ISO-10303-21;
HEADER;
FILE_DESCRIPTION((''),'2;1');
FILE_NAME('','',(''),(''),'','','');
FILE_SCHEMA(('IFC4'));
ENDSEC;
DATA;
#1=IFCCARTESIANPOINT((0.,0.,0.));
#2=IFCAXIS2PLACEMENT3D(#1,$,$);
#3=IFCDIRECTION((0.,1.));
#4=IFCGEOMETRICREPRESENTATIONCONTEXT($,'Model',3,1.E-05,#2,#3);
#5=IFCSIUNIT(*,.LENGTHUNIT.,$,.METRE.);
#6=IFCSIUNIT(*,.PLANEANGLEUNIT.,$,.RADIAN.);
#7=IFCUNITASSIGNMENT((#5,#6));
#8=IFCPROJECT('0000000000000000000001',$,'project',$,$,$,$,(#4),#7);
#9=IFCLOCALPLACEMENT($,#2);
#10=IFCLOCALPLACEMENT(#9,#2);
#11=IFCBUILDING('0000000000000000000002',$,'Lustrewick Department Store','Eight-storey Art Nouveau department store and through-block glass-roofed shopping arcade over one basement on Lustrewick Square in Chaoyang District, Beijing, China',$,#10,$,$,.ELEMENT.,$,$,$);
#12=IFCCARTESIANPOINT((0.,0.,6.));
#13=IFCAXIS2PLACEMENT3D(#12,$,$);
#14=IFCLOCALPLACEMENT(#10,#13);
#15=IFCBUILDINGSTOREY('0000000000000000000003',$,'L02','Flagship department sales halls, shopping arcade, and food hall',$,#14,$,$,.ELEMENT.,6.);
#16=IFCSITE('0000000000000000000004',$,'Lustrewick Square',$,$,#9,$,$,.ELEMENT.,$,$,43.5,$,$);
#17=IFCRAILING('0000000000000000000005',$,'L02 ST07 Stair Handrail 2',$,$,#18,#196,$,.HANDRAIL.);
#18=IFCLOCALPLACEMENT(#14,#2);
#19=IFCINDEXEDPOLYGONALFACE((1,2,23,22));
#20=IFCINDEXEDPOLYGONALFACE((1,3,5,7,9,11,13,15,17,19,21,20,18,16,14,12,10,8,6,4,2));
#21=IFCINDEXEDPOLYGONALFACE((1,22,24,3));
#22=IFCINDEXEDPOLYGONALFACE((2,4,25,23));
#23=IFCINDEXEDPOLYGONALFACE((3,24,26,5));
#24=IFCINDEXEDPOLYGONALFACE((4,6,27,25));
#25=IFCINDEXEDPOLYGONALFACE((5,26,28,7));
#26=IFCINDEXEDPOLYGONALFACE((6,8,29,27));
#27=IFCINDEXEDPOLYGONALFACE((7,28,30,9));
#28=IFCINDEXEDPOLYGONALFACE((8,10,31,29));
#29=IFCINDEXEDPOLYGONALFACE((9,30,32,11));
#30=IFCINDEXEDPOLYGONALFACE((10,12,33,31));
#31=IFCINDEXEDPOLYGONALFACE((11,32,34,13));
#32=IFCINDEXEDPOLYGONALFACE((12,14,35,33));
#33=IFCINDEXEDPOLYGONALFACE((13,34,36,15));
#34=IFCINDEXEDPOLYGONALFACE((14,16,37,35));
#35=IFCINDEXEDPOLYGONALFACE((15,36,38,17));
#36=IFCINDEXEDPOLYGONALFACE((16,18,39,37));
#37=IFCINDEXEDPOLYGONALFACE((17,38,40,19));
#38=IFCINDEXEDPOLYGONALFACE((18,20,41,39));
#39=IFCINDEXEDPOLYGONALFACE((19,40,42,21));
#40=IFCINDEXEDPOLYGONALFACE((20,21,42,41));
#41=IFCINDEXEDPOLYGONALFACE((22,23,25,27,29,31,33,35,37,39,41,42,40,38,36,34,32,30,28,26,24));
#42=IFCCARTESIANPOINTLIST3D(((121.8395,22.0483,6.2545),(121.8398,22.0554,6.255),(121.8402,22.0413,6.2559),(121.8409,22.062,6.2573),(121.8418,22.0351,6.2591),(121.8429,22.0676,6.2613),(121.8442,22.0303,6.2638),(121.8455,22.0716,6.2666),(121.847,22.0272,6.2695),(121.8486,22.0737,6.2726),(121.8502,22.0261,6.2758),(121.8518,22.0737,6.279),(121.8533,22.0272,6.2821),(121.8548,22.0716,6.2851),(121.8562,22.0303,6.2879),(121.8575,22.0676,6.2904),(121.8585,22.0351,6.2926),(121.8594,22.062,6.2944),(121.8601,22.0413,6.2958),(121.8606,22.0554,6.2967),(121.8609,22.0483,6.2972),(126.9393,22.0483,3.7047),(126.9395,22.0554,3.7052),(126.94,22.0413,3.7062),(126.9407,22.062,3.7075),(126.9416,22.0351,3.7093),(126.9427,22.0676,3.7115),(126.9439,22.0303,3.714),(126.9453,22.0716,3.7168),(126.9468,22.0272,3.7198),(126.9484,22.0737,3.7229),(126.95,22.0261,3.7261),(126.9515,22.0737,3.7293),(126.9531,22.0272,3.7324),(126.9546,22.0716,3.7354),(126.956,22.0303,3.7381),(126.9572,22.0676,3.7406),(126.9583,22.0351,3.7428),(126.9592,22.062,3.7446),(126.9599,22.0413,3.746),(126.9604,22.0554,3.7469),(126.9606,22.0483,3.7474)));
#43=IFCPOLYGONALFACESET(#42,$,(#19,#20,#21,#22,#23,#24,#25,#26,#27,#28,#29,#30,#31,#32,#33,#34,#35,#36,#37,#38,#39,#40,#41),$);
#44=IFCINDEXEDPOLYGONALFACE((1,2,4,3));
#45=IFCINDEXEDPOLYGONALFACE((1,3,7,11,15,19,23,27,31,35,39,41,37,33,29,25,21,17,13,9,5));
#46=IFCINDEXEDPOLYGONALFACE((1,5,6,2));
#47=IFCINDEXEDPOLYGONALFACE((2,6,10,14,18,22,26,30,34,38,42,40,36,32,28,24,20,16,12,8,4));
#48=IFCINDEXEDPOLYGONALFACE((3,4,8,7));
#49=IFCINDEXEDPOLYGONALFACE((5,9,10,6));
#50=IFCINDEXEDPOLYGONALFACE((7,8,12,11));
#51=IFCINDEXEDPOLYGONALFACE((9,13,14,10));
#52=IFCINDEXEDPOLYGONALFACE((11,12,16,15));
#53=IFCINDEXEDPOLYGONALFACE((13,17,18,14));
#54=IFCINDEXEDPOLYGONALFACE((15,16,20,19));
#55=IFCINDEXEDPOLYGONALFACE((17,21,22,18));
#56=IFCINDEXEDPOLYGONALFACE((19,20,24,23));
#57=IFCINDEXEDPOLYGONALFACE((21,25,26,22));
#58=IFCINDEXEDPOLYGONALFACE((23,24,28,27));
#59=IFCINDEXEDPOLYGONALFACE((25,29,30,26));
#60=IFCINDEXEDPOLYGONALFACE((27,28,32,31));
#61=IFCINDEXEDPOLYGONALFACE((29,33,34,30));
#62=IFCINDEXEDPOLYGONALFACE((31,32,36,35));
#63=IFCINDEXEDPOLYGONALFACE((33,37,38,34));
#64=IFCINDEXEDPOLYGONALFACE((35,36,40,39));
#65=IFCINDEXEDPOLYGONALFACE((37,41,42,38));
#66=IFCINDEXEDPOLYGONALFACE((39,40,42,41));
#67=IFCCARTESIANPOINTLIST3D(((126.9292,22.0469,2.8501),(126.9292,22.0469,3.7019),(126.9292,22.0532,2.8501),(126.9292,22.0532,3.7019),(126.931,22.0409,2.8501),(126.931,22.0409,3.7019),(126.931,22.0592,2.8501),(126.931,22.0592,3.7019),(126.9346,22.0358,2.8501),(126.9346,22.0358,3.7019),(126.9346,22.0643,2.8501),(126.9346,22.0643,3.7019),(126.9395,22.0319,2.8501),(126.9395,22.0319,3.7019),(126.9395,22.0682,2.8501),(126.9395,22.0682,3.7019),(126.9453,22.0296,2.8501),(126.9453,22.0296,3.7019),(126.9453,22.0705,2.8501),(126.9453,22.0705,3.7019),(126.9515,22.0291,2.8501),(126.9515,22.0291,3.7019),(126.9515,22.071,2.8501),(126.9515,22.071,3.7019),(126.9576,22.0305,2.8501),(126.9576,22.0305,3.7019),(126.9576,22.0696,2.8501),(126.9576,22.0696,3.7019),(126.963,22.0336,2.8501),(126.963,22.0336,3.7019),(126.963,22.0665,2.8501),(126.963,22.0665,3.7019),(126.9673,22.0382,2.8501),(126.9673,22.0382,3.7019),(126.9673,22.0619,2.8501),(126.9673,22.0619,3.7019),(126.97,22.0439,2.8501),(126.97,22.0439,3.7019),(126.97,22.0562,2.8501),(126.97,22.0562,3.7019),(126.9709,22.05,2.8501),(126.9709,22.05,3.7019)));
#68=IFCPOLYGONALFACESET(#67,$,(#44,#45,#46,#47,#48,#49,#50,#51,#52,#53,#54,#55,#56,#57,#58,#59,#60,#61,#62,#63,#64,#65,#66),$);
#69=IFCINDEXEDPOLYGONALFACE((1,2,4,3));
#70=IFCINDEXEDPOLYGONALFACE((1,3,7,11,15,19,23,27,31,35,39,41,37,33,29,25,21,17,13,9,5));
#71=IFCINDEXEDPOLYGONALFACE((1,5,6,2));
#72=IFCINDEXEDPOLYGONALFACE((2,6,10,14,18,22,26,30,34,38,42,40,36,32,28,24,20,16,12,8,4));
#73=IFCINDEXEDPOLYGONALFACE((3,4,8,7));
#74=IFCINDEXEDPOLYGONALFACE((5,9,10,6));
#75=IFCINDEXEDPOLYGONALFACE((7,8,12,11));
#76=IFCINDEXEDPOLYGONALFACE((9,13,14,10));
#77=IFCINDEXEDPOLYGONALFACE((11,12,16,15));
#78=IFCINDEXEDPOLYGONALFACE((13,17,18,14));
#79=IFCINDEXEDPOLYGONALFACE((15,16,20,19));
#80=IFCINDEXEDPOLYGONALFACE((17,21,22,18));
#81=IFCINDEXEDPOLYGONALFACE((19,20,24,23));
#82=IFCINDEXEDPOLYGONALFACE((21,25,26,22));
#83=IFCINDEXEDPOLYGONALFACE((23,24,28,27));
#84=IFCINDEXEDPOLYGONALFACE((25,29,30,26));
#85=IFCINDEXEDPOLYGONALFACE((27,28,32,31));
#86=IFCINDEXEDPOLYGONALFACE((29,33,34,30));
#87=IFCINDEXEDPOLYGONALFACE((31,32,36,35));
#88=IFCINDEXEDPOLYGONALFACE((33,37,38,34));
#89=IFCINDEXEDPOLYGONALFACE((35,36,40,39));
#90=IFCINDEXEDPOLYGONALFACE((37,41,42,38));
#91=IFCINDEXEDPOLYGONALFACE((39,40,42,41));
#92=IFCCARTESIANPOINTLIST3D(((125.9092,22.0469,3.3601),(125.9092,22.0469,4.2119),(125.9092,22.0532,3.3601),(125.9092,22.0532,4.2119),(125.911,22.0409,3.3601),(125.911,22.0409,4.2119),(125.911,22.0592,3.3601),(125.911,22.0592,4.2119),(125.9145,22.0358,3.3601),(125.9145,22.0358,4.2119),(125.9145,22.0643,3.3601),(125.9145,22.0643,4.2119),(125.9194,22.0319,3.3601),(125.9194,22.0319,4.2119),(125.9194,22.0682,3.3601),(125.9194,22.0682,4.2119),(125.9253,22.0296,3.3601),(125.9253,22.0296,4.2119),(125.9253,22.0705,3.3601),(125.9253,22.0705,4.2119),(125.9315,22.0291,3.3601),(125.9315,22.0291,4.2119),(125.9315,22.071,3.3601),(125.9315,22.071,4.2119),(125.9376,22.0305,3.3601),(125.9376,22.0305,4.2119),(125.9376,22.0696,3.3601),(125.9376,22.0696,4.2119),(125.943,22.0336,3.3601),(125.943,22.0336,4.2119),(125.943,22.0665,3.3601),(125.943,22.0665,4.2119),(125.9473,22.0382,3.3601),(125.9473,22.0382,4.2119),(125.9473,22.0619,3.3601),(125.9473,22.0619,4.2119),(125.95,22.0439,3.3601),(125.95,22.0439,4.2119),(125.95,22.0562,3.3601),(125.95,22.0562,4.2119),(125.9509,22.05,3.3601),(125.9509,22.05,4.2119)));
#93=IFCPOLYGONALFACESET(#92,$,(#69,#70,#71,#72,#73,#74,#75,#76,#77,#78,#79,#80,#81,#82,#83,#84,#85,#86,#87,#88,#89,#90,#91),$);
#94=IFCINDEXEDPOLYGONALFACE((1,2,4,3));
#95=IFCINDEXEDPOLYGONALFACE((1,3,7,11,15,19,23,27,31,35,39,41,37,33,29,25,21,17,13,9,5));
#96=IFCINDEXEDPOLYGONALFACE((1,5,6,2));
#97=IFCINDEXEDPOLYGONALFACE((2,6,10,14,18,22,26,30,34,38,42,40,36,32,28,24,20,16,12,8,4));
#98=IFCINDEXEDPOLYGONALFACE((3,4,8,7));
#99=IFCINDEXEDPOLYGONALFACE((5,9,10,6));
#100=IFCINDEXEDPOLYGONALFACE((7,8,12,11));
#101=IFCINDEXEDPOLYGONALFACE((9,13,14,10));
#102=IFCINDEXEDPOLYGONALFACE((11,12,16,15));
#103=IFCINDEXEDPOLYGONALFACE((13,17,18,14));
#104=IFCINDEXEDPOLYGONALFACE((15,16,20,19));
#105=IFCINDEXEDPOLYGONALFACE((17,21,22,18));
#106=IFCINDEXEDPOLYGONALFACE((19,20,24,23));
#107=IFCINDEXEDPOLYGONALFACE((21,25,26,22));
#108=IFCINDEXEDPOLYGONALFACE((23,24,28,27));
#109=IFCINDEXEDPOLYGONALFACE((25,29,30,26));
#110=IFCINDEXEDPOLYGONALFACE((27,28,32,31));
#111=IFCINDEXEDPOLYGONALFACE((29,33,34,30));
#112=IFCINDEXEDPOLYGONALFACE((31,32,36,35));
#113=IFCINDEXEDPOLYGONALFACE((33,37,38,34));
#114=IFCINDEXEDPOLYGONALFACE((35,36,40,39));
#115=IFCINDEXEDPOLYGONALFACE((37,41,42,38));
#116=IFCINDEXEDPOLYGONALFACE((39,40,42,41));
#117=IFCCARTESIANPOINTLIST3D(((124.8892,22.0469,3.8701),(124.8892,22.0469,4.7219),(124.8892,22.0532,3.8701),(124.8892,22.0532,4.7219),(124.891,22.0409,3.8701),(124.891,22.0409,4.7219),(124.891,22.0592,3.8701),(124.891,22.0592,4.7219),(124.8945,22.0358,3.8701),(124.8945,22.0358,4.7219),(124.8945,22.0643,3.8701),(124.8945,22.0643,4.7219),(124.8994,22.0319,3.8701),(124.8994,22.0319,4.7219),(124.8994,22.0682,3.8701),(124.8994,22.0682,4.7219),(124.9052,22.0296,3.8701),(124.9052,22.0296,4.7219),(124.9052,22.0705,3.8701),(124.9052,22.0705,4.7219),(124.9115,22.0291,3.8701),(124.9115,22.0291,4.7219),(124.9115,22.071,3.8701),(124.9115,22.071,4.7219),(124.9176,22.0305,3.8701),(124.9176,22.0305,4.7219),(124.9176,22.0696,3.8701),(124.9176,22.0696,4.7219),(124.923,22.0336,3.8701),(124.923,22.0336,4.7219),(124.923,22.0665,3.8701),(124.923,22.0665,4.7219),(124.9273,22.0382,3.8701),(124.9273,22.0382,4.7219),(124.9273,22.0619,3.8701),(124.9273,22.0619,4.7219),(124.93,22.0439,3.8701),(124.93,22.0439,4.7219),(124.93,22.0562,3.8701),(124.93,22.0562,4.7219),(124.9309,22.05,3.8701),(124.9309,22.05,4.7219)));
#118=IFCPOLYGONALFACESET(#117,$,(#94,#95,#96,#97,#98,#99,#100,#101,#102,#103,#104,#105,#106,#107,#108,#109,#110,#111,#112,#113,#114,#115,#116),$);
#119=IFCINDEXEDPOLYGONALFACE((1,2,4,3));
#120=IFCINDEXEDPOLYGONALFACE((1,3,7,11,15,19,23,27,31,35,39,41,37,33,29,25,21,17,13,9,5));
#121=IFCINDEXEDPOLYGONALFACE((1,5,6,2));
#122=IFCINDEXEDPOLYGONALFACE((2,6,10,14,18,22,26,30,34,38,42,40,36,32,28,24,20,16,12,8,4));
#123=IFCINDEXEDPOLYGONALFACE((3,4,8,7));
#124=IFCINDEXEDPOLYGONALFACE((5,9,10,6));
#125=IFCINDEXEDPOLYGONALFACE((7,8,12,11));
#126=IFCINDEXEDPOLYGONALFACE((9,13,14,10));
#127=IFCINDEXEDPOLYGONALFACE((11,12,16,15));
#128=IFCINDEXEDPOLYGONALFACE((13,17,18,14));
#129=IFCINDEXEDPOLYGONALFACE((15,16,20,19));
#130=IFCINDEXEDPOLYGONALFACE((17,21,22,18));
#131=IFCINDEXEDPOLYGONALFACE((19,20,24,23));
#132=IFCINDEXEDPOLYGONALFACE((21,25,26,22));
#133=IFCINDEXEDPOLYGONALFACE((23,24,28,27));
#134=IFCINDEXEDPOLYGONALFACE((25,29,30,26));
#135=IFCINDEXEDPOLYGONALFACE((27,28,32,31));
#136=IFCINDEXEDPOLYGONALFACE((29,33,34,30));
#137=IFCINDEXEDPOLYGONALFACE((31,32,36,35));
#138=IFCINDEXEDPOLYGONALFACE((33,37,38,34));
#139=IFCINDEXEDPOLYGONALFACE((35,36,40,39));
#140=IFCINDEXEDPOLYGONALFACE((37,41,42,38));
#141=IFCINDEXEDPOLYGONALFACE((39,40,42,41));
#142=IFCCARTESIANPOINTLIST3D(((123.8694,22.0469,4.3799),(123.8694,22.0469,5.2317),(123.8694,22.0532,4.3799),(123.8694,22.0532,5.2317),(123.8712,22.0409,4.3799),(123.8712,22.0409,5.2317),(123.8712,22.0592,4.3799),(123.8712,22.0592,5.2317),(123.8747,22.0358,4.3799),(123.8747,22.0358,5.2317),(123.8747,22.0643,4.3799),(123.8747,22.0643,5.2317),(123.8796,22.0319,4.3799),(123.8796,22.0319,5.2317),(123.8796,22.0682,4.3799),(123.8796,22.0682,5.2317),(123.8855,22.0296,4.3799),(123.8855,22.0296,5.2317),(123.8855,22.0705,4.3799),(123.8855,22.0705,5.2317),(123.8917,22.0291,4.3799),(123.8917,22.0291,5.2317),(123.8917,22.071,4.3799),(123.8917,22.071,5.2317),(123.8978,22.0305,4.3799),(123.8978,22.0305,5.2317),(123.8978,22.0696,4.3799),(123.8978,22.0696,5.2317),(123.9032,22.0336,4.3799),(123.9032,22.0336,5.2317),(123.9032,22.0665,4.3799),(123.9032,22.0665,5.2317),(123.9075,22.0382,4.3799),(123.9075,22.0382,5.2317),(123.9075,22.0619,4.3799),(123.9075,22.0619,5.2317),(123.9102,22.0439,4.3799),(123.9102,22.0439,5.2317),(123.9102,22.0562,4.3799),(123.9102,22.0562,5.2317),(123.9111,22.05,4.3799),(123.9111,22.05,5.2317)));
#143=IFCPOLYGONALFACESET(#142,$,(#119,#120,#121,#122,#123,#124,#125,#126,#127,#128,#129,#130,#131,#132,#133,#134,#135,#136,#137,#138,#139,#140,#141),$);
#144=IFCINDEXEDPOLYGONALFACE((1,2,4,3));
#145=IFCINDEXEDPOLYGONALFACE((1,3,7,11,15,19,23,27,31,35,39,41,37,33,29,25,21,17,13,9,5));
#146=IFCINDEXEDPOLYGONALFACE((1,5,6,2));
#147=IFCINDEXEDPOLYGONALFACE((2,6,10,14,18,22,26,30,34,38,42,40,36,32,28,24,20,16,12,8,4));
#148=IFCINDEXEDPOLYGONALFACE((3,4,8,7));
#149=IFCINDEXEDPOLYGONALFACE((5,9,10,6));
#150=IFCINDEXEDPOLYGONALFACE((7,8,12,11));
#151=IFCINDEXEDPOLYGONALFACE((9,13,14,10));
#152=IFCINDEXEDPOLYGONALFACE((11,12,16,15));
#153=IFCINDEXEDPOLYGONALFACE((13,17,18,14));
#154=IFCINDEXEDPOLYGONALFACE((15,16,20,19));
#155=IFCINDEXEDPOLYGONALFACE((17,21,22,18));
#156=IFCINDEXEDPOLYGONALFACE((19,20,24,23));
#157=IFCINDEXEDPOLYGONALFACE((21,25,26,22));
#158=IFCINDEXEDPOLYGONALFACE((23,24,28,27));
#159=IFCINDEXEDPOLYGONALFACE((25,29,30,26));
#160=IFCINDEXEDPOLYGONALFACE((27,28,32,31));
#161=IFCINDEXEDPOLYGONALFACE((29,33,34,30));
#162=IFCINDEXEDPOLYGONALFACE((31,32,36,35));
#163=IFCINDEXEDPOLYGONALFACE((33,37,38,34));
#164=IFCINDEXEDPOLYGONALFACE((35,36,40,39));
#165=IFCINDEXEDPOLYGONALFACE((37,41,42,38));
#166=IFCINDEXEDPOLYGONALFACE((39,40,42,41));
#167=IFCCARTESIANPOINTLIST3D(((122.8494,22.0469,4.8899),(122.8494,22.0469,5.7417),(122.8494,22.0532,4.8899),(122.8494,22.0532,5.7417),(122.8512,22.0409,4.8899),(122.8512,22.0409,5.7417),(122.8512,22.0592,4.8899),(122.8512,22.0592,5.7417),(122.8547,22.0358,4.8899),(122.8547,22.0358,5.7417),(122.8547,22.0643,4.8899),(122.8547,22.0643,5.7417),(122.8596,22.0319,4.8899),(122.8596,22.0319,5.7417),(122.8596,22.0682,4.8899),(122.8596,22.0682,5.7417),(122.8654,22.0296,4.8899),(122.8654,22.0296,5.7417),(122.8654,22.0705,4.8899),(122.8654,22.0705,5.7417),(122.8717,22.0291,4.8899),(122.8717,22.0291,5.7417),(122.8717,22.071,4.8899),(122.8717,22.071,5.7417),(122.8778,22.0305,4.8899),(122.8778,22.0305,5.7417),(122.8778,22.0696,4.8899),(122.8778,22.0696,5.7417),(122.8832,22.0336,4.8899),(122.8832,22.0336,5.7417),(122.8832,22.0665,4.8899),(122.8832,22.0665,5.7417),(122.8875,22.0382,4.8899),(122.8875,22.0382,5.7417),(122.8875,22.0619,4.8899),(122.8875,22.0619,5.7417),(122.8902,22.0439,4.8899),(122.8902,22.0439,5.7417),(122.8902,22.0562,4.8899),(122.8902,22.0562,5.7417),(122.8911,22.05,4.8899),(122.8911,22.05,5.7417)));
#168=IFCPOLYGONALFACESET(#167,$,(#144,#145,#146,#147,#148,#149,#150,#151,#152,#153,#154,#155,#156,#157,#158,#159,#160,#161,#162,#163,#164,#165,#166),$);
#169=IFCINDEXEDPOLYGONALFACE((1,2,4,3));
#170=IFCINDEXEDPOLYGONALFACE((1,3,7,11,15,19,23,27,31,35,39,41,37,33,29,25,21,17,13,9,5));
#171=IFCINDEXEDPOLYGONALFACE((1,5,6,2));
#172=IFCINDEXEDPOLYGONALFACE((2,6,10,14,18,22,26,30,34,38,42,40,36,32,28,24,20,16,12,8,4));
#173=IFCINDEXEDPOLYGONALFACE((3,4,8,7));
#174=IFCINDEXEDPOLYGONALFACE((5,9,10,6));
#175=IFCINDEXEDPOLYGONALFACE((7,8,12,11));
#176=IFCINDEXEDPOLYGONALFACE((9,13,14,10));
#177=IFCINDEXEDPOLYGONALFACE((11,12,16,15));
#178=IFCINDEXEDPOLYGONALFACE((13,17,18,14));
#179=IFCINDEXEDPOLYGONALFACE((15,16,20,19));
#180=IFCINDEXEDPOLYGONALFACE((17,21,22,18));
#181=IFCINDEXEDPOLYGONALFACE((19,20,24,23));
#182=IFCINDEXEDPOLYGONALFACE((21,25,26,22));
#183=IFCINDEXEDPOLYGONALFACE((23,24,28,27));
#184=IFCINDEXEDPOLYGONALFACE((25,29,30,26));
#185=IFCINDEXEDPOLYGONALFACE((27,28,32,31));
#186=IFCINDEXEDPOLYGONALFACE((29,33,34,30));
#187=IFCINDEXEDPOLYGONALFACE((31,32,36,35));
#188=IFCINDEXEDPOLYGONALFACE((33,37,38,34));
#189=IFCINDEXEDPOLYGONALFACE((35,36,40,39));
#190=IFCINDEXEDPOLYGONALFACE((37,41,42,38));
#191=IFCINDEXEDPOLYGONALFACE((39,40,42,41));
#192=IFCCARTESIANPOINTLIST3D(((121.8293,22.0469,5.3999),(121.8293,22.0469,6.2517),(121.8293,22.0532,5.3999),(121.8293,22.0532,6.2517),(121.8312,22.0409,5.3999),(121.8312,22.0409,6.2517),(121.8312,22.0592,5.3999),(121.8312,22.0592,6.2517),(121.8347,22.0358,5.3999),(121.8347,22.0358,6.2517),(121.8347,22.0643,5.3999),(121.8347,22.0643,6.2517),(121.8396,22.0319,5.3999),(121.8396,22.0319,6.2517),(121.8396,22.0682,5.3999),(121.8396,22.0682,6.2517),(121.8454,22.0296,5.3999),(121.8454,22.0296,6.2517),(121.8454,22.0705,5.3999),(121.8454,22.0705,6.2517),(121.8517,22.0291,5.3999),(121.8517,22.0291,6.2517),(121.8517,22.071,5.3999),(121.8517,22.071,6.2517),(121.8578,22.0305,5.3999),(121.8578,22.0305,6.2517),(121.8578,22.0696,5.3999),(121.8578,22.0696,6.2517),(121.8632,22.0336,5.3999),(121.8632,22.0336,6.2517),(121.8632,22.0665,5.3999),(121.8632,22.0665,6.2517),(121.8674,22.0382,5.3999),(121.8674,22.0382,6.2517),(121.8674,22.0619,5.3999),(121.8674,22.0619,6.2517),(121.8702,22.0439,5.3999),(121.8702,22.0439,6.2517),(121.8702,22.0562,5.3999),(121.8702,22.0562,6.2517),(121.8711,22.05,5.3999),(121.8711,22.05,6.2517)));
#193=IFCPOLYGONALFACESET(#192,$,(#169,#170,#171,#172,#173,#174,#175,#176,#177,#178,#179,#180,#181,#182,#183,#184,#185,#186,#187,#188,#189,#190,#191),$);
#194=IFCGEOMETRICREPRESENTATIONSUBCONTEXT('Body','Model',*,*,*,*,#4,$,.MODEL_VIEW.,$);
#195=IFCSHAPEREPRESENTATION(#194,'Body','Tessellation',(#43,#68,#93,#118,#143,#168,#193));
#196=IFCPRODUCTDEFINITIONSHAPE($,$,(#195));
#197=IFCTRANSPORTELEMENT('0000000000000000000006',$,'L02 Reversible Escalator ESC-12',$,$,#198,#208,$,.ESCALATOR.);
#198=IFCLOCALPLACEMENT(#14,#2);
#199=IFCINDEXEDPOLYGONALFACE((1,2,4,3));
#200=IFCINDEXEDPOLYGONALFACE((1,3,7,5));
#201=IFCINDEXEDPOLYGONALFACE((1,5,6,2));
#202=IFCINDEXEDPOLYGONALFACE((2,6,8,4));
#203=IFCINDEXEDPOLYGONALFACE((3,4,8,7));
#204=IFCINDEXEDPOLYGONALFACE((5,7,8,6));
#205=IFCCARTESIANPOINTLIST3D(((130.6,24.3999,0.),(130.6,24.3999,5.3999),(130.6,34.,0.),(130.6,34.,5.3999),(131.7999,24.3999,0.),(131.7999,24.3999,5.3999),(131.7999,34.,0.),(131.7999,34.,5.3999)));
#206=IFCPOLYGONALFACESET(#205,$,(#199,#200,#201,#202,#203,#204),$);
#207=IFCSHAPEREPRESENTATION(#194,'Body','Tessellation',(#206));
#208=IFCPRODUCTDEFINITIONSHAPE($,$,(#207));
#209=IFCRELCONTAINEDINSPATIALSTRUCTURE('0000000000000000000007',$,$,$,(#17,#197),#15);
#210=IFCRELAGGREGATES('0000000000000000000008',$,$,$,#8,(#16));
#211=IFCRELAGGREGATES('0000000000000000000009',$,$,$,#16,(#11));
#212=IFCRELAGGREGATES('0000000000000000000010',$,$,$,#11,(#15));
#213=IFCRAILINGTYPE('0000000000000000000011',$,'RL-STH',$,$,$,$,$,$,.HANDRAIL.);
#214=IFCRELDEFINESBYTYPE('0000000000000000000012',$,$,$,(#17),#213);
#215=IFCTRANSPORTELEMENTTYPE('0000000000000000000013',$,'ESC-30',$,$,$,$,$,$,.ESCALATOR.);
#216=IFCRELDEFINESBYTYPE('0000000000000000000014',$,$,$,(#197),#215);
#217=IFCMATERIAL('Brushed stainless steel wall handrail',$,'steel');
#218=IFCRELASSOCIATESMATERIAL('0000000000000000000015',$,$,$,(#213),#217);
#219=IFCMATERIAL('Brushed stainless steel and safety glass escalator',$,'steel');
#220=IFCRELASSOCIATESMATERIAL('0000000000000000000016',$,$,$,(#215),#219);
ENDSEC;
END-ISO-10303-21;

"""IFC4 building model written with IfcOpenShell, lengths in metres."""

from ifc_helpers import new_model, si_unit, direction, frame, origin, origin_2d, place, context, subcontext, project, spatial, rectangle, circle, extrude, material, type_object, element, save


model = new_model("IFC4")

# Units and contexts
model_context = context("Model", 3, precision=1e-05, world=origin(), true_north=direction((0.0, 1.0)))
body_context = subcontext(model_context, "Body", "Model", "MODEL_VIEW")
ifc_project = project(units=[si_unit("LENGTHUNIT", "METRE"), si_unit("PLANEANGLEUNIT", "RADIAN")], contexts=[model_context])

# Site, building, storey
site_placement = place(None, origin())
site = spatial("IfcSite", under=ifc_project, at=site_placement, Name="Lustrewick Square", CompositionType="ELEMENT", RefElevation=43.5)
building_placement = place(site_placement, origin())
building = spatial("IfcBuilding", under=site, at=building_placement, Name="Lustrewick Department Store", Description="Eight-storey Art Nouveau department store and through-block glass-roofed shopping arcade over one basement on Lustrewick Square in Chaoyang District, Beijing, China", CompositionType="ELEMENT")
storey_placement = place(building_placement, frame((0.0, 0.0, 6.0)))
storey = spatial("IfcBuildingStorey", under=building, at=storey_placement, Name="L02", Description="Flagship department sales halls, shopping arcade, and food hall", CompositionType="ELEMENT", Elevation=6.0)

# Railing
ifc_material_1 = material(Name="Brushed stainless steel wall handrail", Category="steel")
railing_type_1 = type_object("IfcRailingType", Name="RL-STH", PredefinedType="HANDRAIL", material=ifc_material_1)
railing_1_placement = place(storey_placement, frame((126.95, 22.05, 2.8501)))
element("IfcRailing", 1, at=railing_1_placement, inside=storey, type_object=railing_type_1, Name="L02 ST07 Stair Handrail 2", PredefinedType="HANDRAIL", context=body_context, shape_type="SweptSolid", body=[
    extrude(circle(Radius=0.0239, at=origin_2d()), frame((0.0, 0.0, 0.876), z_axis=(-0.894436, 0.0, 0.447196), x_axis=(0.0, -1.0, 0.0)), (0.0, 0.0, 1.0), 5.7017),
    extrude(circle(Radius=0.021, at=origin_2d()), origin(), (0.0, 0.0, 1.0), 0.8518),
    extrude(circle(Radius=0.021, at=origin_2d()), frame((-1.02, 0.0, 0.51)), (0.0, 0.0, 1.0), 0.8518),
    extrude(circle(Radius=0.021, at=origin_2d()), frame((-2.04, 0.0, 1.02)), (0.0, 0.0, 1.0), 0.8518),
    extrude(circle(Radius=0.021, at=origin_2d()), frame((-3.0598, 0.0, 1.5298)), (0.0, 0.0, 1.0), 0.8518),
    extrude(circle(Radius=0.021, at=origin_2d()), frame((-4.0798, 0.0, 2.0398)), (0.0, 0.0, 1.0), 0.8518),
    extrude(circle(Radius=0.021, at=origin_2d()), frame((-5.0999, 0.0, 2.5498)), (0.0, 0.0, 1.0), 0.8518),
])

# Transport element
ifc_material_2 = material(Name="Brushed stainless steel and safety glass escalator", Category="steel")
transport_element_type = type_object("IfcTransportElementType", Name="ESC-30", PredefinedType="ESCALATOR", material=ifc_material_2)
transport_element_placement = place(storey_placement, frame((131.2, 29.2, 0.0), z_axis=(0.0, 0.0, 1.0), x_axis=(1.0, 0.0, 0.0)))
element("IfcTransportElement", 2, at=transport_element_placement, inside=storey, type_object=transport_element_type, Name="L02 Reversible Escalator ESC-12", PredefinedType="ESCALATOR", context=body_context, shape_type="SweptSolid", body=[
    extrude(rectangle(XDim=1.2, YDim=9.6001, at=origin_2d()), origin(), (0.0, 0.0, 1.0), 5.3999),
])

save(model, "model.ifc")
